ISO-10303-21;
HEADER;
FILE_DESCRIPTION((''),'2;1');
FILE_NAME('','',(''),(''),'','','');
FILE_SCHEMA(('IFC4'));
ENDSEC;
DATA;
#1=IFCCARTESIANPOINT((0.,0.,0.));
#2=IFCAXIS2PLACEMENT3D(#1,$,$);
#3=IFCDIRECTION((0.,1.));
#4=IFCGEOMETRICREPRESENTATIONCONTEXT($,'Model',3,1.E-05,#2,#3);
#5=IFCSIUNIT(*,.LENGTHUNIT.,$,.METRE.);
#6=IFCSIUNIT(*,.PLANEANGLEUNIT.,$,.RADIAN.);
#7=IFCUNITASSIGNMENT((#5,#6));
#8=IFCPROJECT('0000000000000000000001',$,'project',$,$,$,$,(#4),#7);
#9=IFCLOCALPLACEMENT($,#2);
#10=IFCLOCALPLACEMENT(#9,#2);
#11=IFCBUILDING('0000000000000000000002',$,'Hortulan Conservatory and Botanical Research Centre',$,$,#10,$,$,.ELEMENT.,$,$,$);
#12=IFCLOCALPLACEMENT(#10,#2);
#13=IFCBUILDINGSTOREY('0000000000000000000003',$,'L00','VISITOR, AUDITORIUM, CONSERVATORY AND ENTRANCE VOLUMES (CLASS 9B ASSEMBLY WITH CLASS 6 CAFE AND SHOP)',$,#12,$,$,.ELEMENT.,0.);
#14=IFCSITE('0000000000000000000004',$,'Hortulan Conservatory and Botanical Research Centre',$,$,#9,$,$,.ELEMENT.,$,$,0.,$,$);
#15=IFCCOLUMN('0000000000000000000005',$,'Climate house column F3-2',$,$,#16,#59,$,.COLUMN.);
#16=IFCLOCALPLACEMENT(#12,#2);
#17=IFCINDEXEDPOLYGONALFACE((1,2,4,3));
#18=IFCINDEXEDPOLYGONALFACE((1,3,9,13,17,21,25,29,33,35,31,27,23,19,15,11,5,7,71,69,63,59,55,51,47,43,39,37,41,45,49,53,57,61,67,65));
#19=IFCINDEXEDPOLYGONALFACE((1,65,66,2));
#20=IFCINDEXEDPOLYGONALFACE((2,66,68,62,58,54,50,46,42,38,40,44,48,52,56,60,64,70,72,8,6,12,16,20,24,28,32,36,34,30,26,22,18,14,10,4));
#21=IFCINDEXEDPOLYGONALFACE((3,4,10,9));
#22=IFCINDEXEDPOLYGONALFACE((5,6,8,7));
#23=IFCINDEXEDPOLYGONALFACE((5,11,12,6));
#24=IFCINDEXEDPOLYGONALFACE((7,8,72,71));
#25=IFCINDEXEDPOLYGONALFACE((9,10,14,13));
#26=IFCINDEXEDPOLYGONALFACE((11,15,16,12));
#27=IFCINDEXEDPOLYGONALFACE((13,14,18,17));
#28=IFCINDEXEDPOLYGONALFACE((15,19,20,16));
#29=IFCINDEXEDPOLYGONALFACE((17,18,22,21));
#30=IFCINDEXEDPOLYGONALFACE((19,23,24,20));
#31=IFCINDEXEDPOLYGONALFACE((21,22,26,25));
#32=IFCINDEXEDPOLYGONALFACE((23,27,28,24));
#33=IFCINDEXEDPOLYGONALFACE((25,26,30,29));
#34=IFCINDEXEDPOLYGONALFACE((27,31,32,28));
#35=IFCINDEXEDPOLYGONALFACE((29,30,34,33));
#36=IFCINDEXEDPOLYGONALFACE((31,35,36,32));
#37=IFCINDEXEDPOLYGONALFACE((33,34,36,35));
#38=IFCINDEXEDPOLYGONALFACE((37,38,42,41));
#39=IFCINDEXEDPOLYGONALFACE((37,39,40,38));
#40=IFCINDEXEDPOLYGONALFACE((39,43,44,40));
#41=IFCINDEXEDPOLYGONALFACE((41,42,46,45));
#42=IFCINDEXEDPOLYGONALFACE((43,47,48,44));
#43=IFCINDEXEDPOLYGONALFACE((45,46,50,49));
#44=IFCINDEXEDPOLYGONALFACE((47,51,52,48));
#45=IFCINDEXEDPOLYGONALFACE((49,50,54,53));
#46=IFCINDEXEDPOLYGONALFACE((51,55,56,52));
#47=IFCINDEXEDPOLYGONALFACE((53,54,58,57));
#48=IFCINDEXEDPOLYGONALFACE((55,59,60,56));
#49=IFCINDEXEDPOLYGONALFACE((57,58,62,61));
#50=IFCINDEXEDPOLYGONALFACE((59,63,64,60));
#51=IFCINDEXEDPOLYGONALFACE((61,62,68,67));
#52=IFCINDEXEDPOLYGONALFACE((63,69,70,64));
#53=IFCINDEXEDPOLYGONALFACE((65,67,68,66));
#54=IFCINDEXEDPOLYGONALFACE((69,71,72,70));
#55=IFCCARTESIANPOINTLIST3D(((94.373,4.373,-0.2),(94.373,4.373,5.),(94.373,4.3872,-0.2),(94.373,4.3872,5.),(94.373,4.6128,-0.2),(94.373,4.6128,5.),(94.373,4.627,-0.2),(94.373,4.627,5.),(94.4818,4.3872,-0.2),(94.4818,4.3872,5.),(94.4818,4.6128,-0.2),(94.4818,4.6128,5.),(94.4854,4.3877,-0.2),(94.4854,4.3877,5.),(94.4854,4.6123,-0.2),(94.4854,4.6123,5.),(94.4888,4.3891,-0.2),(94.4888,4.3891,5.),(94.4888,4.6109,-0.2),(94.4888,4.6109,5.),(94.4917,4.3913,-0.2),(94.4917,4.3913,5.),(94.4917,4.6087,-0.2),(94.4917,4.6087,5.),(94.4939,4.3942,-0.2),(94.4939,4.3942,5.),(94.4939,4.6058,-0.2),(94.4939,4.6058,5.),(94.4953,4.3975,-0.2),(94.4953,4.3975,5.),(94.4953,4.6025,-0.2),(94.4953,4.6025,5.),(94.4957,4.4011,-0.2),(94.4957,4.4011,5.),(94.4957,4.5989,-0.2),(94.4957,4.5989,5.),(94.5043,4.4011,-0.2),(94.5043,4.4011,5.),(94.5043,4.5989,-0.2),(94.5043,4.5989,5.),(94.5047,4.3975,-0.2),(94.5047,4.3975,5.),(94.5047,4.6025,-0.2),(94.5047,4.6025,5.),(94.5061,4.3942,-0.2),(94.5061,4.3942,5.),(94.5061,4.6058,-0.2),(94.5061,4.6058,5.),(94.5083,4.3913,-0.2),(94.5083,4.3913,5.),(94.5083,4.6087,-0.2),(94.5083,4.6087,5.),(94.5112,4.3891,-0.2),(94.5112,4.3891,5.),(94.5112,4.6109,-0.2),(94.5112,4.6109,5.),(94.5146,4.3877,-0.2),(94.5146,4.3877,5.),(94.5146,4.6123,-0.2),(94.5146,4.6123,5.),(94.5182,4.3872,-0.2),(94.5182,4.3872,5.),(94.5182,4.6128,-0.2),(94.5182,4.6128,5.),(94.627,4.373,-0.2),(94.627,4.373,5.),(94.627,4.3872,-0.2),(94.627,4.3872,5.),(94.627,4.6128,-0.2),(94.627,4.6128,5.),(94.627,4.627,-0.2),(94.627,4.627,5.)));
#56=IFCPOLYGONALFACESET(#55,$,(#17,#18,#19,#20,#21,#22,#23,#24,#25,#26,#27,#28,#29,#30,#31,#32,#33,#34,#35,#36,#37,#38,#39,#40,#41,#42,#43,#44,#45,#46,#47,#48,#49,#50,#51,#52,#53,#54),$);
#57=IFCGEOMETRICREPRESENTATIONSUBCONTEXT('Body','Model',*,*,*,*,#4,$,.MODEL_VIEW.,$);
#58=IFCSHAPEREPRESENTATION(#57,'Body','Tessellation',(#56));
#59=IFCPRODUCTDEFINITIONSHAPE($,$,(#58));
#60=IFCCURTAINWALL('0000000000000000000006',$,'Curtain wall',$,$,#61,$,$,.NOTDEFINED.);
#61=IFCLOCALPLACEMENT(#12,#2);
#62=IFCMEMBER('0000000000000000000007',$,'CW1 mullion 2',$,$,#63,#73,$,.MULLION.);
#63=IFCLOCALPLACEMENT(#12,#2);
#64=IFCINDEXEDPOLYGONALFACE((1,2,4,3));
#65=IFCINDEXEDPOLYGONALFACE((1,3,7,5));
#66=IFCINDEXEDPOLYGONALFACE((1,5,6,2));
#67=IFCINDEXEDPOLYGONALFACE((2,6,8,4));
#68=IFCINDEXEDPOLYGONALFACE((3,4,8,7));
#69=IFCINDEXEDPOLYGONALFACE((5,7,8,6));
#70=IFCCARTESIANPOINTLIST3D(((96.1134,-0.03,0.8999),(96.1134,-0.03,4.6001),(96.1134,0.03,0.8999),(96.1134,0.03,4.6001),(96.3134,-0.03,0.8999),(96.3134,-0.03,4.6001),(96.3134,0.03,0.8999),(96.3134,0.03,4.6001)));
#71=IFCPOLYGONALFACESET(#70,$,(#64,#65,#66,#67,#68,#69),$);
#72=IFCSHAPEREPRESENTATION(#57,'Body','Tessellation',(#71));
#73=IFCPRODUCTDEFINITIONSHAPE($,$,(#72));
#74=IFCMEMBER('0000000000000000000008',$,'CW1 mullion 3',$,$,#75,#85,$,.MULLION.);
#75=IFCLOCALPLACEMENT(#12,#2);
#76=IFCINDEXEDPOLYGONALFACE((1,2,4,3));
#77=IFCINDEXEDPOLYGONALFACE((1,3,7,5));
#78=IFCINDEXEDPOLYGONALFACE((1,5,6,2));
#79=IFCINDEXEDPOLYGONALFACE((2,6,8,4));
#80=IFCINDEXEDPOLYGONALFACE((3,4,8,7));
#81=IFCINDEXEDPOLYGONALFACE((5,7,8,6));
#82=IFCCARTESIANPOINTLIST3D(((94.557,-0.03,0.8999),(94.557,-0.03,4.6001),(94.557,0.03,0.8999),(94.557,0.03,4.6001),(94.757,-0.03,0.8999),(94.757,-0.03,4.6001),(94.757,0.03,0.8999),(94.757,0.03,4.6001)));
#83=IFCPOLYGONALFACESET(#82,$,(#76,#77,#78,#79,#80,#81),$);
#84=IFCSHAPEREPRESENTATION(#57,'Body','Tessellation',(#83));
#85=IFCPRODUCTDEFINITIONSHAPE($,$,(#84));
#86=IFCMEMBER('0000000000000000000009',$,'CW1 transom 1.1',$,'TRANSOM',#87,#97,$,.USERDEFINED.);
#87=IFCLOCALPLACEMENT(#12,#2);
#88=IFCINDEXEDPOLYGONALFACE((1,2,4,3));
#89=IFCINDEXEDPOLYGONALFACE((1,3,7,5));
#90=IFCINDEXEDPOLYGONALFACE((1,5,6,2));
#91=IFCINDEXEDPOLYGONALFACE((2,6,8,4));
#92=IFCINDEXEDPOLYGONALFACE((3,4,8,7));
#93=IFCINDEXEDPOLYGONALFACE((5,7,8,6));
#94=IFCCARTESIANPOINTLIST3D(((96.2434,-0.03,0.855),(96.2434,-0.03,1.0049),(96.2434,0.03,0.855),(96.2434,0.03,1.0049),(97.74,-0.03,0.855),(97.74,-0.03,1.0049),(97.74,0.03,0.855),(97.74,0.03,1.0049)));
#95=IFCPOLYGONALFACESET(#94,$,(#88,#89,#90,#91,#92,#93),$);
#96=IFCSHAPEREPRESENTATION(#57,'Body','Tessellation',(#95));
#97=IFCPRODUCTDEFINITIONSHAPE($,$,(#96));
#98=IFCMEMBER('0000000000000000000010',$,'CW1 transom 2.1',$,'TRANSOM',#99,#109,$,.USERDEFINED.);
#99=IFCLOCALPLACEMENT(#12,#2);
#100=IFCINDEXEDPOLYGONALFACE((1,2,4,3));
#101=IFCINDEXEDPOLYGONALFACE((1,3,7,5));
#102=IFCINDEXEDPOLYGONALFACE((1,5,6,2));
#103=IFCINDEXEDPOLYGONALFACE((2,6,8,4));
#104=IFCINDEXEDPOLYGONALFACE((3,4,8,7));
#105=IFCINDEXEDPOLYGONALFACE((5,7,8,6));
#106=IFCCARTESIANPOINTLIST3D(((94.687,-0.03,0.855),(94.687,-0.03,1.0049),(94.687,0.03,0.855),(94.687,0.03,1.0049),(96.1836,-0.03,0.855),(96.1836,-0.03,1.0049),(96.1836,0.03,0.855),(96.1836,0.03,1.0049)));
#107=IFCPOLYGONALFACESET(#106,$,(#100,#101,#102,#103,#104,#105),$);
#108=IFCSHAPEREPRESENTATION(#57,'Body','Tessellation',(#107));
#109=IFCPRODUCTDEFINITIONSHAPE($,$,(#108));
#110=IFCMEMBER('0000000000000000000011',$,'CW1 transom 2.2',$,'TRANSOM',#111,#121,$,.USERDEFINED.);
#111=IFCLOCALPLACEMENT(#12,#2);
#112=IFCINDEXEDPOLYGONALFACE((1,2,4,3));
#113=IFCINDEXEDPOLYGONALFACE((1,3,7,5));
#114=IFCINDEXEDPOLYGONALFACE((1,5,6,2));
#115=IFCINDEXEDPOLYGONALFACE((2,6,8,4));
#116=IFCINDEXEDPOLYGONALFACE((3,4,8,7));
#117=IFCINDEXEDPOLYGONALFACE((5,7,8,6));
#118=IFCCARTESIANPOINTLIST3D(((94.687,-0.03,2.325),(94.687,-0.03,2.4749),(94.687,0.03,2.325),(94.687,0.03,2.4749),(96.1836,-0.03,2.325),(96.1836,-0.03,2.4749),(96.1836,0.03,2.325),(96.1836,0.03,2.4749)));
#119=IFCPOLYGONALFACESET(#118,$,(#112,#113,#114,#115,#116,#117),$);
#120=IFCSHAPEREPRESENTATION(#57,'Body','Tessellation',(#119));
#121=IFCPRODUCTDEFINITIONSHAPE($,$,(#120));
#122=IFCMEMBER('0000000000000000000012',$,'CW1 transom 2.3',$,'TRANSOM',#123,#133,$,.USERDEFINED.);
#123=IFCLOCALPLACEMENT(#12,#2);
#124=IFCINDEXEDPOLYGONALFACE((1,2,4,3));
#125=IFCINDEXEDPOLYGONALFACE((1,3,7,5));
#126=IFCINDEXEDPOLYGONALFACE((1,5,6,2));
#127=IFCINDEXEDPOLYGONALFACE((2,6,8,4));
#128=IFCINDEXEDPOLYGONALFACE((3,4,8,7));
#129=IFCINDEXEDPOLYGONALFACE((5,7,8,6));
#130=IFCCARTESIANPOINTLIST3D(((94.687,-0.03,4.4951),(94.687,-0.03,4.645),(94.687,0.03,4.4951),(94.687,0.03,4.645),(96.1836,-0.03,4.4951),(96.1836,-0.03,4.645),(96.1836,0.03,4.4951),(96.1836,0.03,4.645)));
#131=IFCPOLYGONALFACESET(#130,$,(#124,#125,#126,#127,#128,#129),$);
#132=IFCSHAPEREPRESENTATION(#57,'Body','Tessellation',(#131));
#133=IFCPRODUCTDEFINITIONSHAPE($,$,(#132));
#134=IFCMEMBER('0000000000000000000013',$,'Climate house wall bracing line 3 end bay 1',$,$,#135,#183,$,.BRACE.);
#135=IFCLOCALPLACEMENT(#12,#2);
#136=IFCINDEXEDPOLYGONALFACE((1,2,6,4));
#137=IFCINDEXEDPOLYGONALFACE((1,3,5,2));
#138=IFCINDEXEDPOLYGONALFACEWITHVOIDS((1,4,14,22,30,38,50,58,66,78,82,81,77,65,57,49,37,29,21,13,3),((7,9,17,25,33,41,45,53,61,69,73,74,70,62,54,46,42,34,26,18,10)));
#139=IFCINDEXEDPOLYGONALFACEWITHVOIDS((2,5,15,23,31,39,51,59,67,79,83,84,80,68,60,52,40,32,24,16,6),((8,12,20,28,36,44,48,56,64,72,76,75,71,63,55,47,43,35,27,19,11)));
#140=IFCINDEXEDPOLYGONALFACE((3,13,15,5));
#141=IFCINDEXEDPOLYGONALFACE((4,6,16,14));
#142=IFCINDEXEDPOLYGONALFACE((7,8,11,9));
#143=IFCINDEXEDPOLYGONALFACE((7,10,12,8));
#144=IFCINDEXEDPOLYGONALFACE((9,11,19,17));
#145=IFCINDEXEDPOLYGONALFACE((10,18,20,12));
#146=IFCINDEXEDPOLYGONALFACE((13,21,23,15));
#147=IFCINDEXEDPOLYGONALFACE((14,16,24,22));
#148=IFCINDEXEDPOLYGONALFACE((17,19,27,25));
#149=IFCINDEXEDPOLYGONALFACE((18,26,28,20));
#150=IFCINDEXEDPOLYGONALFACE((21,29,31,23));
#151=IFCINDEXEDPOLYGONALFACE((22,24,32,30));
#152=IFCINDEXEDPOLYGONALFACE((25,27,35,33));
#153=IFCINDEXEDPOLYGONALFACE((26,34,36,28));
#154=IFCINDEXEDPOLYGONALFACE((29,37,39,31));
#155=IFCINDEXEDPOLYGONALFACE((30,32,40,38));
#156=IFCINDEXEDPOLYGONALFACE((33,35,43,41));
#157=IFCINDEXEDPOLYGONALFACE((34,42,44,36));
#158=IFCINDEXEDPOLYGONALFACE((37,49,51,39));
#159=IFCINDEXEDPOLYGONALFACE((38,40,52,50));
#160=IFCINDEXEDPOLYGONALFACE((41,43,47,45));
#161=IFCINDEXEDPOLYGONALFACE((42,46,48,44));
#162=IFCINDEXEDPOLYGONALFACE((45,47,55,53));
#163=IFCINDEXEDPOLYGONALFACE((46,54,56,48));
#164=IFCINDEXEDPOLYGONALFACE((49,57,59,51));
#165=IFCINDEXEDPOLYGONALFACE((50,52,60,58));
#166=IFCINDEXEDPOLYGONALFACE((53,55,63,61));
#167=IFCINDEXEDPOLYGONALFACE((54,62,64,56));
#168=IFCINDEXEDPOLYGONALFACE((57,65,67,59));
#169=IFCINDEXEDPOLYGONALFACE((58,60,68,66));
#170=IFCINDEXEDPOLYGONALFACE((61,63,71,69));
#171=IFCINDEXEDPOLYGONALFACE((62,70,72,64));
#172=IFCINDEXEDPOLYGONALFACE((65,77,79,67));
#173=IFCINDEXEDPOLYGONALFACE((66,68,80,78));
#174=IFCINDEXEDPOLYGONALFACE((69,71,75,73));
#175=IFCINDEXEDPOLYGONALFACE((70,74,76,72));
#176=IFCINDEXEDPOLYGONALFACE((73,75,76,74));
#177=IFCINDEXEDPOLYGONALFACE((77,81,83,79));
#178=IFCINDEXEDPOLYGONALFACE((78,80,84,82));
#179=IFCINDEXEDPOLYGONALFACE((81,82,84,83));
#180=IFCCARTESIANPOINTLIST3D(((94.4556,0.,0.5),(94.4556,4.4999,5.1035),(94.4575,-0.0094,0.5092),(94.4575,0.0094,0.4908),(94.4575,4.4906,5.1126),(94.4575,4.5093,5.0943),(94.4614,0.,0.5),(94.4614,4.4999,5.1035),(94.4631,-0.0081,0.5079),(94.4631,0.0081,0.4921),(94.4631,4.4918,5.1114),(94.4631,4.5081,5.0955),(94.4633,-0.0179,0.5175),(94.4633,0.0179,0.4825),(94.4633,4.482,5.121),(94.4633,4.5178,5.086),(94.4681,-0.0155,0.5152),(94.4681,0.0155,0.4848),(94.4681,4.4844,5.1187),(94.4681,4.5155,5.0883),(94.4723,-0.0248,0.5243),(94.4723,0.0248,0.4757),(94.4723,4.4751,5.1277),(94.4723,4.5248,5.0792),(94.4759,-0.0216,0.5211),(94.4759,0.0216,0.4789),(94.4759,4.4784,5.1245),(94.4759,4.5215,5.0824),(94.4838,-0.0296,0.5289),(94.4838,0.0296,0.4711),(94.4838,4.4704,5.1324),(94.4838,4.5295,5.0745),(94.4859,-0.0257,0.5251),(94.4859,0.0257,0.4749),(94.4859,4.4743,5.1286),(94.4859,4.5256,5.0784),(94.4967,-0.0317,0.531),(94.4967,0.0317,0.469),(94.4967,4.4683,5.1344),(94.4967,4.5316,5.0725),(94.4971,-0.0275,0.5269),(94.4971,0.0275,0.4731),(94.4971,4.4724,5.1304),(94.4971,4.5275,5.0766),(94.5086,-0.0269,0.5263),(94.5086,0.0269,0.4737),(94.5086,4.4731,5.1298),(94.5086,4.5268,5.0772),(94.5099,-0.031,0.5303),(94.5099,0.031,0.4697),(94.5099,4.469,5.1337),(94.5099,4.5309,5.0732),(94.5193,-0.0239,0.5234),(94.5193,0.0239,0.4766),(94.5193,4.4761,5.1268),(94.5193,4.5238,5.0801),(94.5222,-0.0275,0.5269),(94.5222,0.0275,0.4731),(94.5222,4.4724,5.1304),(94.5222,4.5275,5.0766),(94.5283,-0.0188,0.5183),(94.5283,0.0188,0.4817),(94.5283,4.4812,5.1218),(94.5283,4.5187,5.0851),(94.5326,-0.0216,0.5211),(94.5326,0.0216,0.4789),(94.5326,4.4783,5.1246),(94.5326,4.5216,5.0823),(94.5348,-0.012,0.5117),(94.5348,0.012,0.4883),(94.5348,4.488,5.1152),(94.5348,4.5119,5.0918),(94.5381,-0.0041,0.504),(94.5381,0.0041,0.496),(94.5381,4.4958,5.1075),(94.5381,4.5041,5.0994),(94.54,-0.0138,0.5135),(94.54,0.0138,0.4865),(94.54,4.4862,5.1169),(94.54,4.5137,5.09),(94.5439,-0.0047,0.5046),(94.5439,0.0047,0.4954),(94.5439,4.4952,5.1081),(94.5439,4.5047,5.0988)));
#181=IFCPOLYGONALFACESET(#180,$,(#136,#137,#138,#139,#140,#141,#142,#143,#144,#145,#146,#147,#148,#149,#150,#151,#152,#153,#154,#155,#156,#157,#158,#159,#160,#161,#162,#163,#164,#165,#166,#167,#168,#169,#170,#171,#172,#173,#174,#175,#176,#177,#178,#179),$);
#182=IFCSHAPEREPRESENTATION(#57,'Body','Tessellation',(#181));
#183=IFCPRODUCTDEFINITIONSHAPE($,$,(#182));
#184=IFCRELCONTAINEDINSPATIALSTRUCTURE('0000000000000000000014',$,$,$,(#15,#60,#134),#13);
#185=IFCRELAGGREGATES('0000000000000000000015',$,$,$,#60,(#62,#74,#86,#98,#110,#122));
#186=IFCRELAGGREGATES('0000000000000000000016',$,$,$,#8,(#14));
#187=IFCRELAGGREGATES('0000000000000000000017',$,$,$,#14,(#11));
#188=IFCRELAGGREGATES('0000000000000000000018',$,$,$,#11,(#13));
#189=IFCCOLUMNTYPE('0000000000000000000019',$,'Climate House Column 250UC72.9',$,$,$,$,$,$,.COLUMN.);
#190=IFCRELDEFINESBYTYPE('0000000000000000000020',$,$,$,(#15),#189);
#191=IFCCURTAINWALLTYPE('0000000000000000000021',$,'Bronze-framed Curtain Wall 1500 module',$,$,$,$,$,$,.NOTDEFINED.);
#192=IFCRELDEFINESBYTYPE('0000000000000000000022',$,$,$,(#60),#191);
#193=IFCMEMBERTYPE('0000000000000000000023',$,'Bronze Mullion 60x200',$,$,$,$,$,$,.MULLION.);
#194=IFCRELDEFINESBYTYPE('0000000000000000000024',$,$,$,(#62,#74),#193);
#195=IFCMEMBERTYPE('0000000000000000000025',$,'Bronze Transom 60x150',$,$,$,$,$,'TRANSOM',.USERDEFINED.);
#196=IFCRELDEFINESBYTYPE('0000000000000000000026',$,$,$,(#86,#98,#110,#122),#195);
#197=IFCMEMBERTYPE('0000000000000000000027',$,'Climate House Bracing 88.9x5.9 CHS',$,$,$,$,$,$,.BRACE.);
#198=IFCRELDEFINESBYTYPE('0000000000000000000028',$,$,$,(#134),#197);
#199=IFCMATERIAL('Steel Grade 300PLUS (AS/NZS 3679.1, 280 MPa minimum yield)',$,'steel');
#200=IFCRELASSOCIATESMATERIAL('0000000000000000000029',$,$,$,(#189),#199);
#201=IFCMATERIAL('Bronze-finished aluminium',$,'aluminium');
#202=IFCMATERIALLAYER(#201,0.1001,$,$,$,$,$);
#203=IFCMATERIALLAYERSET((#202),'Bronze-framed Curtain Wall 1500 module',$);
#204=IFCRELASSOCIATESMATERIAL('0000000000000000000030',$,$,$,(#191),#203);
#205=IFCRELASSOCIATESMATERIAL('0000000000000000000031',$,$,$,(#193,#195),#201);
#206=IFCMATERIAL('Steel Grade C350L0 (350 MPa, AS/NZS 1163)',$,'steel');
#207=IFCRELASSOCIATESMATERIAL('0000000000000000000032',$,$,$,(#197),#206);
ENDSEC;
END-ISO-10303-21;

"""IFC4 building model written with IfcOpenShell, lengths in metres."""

from ifc_helpers import new_model, si_unit, direction, frame, origin, origin_2d, place, context, subcontext, project, spatial, rectangle, hollow_circle, i_section, extrude, material, layer, layer_set, material_profile, profile_set, type_object, element, aggregate, save


model = new_model("IFC4")

# Units and contexts
model_context = context("Model", 3, precision=1e-05, world=origin(), true_north=direction((0.0, 1.0)))
body_context = subcontext(model_context, "Body", "Model", "MODEL_VIEW")
ifc_project = project(units=[si_unit("LENGTHUNIT", "METRE"), si_unit("PLANEANGLEUNIT", "RADIAN")], contexts=[model_context])

# Site, building, storey
site_placement = place(None, origin())
site = spatial("IfcSite", under=ifc_project, at=site_placement, Name="Hortulan Conservatory and Botanical Research Centre", CompositionType="ELEMENT", RefElevation=0.0)
building_placement = place(site_placement, origin())
building = spatial("IfcBuilding", under=site, at=building_placement, Name="Hortulan Conservatory and Botanical Research Centre", CompositionType="ELEMENT")
storey_placement = place(building_placement, origin())
storey = spatial("IfcBuildingStorey", under=building, at=storey_placement, Name="L00", Description="VISITOR, AUDITORIUM, CONSERVATORY AND ENTRANCE VOLUMES (CLASS 9B ASSEMBLY WITH CLASS 6 CAFE AND SHOP)", CompositionType="ELEMENT", Elevation=0.0)

# Column
ifc_material_1 = material(Name="Steel Grade 300PLUS (AS/NZS 3679.1, 280 MPa minimum yield)", Category="steel")
ifc_material_profile_1 = material_profile(ifc_material_1, i_section(OverallWidth=0.2539, OverallDepth=0.2539, WebThickness=0.0085, FlangeThickness=0.0142, FilletRadius=0.0139, at=origin_2d()), Name="250UC72.9")
ifc_profile_set_1 = profile_set([ifc_material_profile_1], Name="Steel Grade 300PLUS (AS/NZS 3679.1, 280 MPa minimum yield)")
column_type = type_object("IfcColumnType", Name="Climate House Column 250UC72.9", PredefinedType="COLUMN", material=ifc_profile_set_1)
column_placement = place(storey_placement, frame((94.5, 4.5, -0.2), z_axis=(0.0, 0.0, 1.0), x_axis=(1.0, 0.0, 0.0)))
element("IfcColumn", 1, at=column_placement, inside=storey, type_object=column_type, Name="Climate house column F3-2", PredefinedType="COLUMN", context=body_context, shape_type="SweptSolid", body=[
    extrude(i_section(OverallWidth=0.2539, OverallDepth=0.2539, WebThickness=0.0085, FlangeThickness=0.0142, FilletRadius=0.0139, at=origin_2d()), origin(), (0.0, 0.0, 1.0), 5.2),
])

# Curtain wall, members
ifc_material_2 = material(Name="Bronze-finished aluminium", Category="aluminium")
ifc_layer_1 = layer(ifc_material_2, 0.1001)
ifc_layer_set_1 = layer_set([ifc_layer_1], Name="Bronze-framed Curtain Wall 1500 module")
curtain_wall_type = type_object("IfcCurtainWallType", Name="Bronze-framed Curtain Wall 1500 module", PredefinedType="NOTDEFINED", material=ifc_layer_set_1)
curtain_wall_placement = place(storey_placement, origin())
curtain_wall = element("IfcCurtainWall", 2, at=curtain_wall_placement, inside=storey, type_object=curtain_wall_type, Name="Curtain wall", PredefinedType="NOTDEFINED")
ifc_material_profile_2 = material_profile(ifc_material_2, rectangle(XDim=0.0601, YDim=0.2, at=origin_2d()), Name="Bronze Mullion 60x200")
ifc_profile_set_2 = profile_set([ifc_material_profile_2], Name="Bronze-finished aluminium")
member_type_1 = type_object("IfcMemberType", Name="Bronze Mullion 60x200", PredefinedType="MULLION", material=ifc_profile_set_2)
member_1_placement = place(storey_placement, frame((96.2134, 0.0, 0.8999), z_axis=(0.0, 0.0, 1.0), x_axis=(0.0, -1.0, 0.0)))
member_1 = element("IfcMember", 3, at=member_1_placement, type_object=member_type_1, Name="CW1 mullion 2", PredefinedType="MULLION", context=body_context, shape_type="SweptSolid", body=[
    extrude(rectangle(XDim=0.0601, YDim=0.2, at=origin_2d()), origin(), (0.0, 0.0, 1.0), 3.7002),
])
member_2_placement = place(storey_placement, frame((94.657, 0.0, 0.8999), z_axis=(0.0, 0.0, 1.0), x_axis=(0.0, -1.0, 0.0)))
member_2 = element("IfcMember", 4, at=member_2_placement, type_object=member_type_1, Name="CW1 mullion 3", PredefinedType="MULLION", context=body_context, shape_type="SweptSolid", body=[
    extrude(rectangle(XDim=0.0601, YDim=0.2, at=origin_2d()), origin(), (0.0, 0.0, 1.0), 3.7002),
])
ifc_material_profile_3 = material_profile(ifc_material_2, rectangle(XDim=0.0601, YDim=0.1499, at=origin_2d()), Name="Bronze Transom 60x150")
ifc_profile_set_3 = profile_set([ifc_material_profile_3], Name="Bronze-finished aluminium")
member_type_2 = type_object("IfcMemberType", Name="Bronze Transom 60x150", ElementType="TRANSOM", PredefinedType="USERDEFINED", material=ifc_profile_set_3)
member_3_placement = place(storey_placement, frame((97.74, 0.0, 0.9299), z_axis=(-1.0, 0.0, 0.0), x_axis=(0.0, -1.0, 0.0)))
member_3 = element("IfcMember", 5, at=member_3_placement, type_object=member_type_2, Name="CW1 transom 1.1", ObjectType="TRANSOM", PredefinedType="USERDEFINED", context=body_context, shape_type="SweptSolid", body=[
    extrude(rectangle(XDim=0.0601, YDim=0.1499, at=origin_2d()), origin(), (0.0, 0.0, 1.0), 1.4966),
])
member_4_placement = place(storey_placement, frame((96.1836, 0.0, 0.9299), z_axis=(-1.0, 0.0, 0.0), x_axis=(0.0, -1.0, 0.0)))
member_4 = element("IfcMember", 6, at=member_4_placement, type_object=member_type_2, Name="CW1 transom 2.1", ObjectType="TRANSOM", PredefinedType="USERDEFINED", context=body_context, shape_type="SweptSolid", body=[
    extrude(rectangle(XDim=0.0601, YDim=0.1499, at=origin_2d()), origin(), (0.0, 0.0, 1.0), 1.4966),
])
member_5_placement = place(storey_placement, frame((96.1836, 0.0, 2.3999), z_axis=(-1.0, 0.0, 0.0), x_axis=(0.0, -1.0, 0.0)))
member_5 = element("IfcMember", 7, at=member_5_placement, type_object=member_type_2, Name="CW1 transom 2.2", ObjectType="TRANSOM", PredefinedType="USERDEFINED", context=body_context, shape_type="SweptSolid", body=[
    extrude(rectangle(XDim=0.0601, YDim=0.1499, at=origin_2d()), origin(), (0.0, 0.0, 1.0), 1.4966),
])
member_6_placement = place(storey_placement, frame((96.1836, 0.0, 4.5701), z_axis=(-1.0, 0.0, 0.0), x_axis=(0.0, -1.0, 0.0)))
member_6 = element("IfcMember", 8, at=member_6_placement, type_object=member_type_2, Name="CW1 transom 2.3", ObjectType="TRANSOM", PredefinedType="USERDEFINED", context=body_context, shape_type="SweptSolid", body=[
    extrude(rectangle(XDim=0.0601, YDim=0.1499, at=origin_2d()), origin(), (0.0, 0.0, 1.0), 1.4966),
])

# Member
ifc_material_3 = material(Name="Steel Grade C350L0 (350 MPa, AS/NZS 1163)", Category="steel")
ifc_material_profile_4 = material_profile(ifc_material_3, hollow_circle(Radius=0.0444, WallThickness=0.0059, at=origin_2d()), Name="88.9x5.9CHS")
ifc_profile_set_4 = profile_set([ifc_material_profile_4], Name="Steel Grade C350L0 (350 MPa, AS/NZS 1163)")
member_type_3 = type_object("IfcMemberType", Name="Climate House Bracing 88.9x5.9 CHS", PredefinedType="BRACE", material=ifc_profile_set_4)
member_7_placement = place(storey_placement, frame((94.5, 0.0, 0.5), z_axis=(0.0, 0.699021, 0.715101), x_axis=(-1.0, 0.0, 0.0)))
element("IfcMember", 9, at=member_7_placement, inside=storey, type_object=member_type_3, Name="Climate house wall bracing line 3 end bay 1", PredefinedType="BRACE", context=body_context, shape_type="SweptSolid", body=[
    extrude(hollow_circle(Radius=0.0444, WallThickness=0.0059, at=origin_2d()), origin(), (0.0, 0.0, 1.0), 6.4375),
])

aggregate(curtain_wall, [member_1, member_2, member_3, member_4, member_5, member_6])

save(model, "model.ifc")
